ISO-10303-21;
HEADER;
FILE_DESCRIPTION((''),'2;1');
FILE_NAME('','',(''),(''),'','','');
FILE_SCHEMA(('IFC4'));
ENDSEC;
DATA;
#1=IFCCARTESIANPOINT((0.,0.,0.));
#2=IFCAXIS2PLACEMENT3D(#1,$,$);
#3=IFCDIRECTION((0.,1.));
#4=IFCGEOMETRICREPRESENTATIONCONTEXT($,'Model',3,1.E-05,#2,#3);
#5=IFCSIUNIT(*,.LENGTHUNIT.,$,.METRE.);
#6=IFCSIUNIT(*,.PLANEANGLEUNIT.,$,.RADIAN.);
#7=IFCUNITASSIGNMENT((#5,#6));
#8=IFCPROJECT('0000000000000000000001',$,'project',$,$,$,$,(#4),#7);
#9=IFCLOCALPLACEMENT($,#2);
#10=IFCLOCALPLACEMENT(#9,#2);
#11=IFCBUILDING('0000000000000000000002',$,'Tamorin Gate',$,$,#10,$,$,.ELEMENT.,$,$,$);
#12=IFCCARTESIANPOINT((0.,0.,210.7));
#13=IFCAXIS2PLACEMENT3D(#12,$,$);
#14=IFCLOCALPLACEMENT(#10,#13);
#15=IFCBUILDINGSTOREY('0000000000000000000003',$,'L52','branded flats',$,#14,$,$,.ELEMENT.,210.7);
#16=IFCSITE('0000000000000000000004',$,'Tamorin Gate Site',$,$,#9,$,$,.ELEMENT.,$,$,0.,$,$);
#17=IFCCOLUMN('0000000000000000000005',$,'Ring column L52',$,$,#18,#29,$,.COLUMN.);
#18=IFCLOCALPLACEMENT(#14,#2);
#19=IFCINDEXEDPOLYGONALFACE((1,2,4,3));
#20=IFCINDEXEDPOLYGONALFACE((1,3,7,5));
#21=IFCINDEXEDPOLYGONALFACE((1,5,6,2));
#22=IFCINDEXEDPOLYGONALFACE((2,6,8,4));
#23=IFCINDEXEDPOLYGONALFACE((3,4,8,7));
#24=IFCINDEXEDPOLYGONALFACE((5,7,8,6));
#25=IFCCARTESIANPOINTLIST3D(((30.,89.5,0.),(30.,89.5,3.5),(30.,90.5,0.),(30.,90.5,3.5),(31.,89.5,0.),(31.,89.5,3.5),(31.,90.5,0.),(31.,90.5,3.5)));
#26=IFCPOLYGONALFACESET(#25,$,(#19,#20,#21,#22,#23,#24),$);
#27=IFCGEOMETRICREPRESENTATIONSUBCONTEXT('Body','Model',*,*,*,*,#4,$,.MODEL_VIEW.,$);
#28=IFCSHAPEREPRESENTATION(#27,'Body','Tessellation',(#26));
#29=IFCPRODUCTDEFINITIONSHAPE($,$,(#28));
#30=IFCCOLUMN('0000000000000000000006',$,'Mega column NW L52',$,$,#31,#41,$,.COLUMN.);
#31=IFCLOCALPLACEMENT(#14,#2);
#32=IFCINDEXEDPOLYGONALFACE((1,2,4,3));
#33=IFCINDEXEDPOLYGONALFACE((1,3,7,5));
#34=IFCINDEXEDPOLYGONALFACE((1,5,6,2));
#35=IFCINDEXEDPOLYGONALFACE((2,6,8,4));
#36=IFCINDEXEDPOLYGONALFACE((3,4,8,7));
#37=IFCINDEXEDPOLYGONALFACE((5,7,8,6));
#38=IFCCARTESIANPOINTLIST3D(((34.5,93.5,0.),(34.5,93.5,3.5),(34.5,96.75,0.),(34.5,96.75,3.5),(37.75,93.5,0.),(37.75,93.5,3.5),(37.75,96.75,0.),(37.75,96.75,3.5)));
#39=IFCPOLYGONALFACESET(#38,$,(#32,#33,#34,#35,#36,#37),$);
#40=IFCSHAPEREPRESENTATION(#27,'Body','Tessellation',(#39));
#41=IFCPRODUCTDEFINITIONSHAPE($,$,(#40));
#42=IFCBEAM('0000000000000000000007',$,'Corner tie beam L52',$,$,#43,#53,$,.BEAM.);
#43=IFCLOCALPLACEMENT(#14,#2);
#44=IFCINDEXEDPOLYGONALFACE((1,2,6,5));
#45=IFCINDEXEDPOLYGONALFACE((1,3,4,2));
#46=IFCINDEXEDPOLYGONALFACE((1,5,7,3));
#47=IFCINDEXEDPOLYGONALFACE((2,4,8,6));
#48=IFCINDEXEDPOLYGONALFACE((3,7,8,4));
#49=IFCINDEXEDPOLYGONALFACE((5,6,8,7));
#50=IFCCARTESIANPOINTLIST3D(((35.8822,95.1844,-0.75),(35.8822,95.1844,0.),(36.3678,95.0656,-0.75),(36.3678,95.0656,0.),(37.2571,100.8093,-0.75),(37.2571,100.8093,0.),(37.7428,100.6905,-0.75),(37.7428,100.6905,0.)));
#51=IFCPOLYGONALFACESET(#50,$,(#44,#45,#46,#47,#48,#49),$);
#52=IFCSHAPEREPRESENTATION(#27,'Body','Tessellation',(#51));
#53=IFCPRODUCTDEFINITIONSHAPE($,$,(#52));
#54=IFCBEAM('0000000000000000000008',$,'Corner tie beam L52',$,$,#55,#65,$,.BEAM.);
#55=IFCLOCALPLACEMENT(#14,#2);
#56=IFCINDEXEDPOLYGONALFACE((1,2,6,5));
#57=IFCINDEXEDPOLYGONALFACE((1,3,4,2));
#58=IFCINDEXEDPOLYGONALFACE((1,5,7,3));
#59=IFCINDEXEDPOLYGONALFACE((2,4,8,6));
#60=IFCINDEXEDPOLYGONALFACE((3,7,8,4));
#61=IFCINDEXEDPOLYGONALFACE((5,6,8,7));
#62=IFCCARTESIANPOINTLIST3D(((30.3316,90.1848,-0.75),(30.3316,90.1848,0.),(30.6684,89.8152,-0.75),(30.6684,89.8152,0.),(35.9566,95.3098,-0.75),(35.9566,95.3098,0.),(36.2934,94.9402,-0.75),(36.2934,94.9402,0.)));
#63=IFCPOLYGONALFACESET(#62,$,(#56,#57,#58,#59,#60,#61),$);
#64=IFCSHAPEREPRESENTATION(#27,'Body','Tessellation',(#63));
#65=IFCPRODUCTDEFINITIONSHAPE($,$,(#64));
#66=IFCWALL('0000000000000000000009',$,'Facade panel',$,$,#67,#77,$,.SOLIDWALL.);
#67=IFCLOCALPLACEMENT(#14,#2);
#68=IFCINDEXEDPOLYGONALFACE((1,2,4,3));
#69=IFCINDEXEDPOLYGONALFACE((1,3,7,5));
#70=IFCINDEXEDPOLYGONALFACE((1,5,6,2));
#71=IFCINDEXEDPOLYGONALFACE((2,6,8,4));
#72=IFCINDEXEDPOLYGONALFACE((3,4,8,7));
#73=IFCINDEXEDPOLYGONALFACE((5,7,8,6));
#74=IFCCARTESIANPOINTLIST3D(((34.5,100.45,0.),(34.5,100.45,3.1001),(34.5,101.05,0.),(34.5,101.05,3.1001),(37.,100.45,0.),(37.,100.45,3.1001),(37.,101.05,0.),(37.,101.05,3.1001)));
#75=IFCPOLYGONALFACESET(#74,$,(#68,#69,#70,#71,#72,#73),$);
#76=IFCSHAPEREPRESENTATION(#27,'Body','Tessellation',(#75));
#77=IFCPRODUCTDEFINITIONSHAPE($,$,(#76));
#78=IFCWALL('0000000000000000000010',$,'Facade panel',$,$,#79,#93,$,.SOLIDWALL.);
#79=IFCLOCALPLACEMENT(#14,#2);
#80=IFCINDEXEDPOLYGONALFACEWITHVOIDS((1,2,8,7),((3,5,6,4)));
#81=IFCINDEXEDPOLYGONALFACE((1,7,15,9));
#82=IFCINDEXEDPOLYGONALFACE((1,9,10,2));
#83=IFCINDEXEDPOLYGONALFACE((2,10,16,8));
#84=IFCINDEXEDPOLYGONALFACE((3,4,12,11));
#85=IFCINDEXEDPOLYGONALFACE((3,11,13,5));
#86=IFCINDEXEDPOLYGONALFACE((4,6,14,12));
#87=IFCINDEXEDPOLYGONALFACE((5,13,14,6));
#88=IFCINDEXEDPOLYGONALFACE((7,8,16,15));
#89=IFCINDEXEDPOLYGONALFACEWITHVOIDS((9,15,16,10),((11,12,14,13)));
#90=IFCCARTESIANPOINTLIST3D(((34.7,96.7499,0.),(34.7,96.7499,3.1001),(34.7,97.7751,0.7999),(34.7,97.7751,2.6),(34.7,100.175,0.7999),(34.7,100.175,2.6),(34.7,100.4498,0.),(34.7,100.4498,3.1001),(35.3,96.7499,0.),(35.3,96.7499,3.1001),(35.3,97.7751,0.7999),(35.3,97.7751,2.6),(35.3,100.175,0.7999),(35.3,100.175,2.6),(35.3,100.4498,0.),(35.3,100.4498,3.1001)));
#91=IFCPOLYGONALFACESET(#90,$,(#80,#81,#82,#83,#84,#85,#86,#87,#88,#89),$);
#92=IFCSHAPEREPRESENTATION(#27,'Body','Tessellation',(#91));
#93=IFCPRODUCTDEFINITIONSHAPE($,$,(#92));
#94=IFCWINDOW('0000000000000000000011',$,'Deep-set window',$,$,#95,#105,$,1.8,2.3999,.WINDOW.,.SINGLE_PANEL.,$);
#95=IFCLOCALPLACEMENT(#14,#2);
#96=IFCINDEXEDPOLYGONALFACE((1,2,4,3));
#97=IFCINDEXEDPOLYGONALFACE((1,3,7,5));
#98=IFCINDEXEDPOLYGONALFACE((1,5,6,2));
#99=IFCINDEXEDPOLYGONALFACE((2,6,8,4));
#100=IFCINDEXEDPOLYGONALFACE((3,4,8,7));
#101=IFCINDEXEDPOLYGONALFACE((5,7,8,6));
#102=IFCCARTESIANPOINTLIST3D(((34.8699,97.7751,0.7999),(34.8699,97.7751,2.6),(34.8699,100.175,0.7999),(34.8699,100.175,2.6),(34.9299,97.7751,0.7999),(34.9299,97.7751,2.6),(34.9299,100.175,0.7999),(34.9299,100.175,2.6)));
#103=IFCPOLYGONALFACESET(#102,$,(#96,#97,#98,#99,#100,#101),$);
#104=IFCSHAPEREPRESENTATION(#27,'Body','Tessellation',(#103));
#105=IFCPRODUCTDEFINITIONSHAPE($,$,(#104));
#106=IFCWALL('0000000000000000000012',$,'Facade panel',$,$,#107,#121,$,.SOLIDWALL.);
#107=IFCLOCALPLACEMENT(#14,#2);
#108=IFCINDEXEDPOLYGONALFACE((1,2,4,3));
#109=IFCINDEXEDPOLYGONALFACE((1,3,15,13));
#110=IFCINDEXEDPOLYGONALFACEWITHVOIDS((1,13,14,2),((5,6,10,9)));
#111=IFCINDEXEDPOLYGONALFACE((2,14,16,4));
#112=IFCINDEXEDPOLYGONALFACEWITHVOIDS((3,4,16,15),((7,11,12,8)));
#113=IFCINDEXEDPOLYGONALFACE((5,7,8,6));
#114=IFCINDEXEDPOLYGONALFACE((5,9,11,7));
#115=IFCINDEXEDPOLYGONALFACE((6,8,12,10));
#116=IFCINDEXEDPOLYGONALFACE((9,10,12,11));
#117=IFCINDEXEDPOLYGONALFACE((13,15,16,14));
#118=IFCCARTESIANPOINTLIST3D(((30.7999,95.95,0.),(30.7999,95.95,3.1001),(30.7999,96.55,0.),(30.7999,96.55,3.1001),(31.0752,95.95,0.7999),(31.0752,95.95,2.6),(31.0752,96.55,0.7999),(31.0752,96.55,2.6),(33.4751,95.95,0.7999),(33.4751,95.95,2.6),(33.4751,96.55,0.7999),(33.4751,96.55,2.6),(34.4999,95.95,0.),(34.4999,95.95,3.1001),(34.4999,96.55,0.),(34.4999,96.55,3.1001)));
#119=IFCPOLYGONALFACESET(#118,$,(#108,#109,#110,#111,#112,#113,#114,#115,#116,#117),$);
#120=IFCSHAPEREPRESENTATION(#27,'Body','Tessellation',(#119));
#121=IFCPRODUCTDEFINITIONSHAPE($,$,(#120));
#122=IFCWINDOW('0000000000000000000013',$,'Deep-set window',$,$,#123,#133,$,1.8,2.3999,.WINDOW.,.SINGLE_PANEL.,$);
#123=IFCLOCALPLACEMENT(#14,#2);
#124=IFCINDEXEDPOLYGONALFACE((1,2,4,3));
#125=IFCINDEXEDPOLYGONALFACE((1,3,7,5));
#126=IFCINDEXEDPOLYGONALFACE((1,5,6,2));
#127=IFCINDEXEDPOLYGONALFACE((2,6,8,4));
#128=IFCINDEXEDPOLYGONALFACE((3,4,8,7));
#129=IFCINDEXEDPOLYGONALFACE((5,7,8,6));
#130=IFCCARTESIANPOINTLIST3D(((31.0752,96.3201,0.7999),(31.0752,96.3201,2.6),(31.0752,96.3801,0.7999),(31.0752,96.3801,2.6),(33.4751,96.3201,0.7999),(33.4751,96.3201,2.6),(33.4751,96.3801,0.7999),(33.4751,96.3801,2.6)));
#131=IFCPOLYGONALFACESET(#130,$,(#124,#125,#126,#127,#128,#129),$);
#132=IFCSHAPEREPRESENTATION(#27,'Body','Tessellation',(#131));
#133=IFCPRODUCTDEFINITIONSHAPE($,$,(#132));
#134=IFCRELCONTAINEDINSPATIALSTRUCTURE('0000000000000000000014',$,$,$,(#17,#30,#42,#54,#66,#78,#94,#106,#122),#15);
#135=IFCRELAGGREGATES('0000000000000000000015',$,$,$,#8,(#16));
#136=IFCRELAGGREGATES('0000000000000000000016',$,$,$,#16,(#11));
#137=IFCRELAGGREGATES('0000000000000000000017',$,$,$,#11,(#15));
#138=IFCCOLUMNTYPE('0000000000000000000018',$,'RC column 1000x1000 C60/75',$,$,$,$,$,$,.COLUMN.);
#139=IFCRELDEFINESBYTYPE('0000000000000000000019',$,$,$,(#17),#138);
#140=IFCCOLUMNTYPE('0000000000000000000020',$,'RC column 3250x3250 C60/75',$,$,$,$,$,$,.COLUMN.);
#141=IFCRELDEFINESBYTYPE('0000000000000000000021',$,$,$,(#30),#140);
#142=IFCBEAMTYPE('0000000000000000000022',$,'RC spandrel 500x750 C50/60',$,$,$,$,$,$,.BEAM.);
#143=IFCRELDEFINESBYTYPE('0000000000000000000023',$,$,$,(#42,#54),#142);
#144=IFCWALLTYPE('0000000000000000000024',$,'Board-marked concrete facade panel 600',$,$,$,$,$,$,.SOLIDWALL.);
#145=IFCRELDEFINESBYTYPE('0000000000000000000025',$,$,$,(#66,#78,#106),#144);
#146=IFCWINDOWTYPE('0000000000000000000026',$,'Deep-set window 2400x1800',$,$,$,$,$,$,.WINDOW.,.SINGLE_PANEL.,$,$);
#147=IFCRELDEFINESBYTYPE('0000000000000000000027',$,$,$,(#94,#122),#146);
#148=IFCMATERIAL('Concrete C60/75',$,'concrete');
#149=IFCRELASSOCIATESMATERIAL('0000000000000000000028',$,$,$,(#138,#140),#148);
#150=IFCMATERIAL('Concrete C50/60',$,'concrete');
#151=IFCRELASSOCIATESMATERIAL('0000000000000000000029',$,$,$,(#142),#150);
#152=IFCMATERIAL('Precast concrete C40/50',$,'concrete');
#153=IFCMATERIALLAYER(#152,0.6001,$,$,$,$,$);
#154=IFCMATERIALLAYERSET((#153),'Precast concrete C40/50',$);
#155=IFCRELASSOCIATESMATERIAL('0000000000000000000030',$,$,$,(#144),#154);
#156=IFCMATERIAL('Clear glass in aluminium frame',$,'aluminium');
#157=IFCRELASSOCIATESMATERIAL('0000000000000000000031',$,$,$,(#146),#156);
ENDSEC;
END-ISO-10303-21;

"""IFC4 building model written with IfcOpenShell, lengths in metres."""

from ifc_helpers import new_model, si_unit, direction, frame, frame_2d, origin, origin_2d, place, context, subcontext, project, spatial, rectangle, extrude, material, layer, layer_set, material_profile, profile_set, type_object, element, fill, save


model = new_model("IFC4")

# Units and contexts
model_context = context("Model", 3, precision=1e-05, world=origin(), true_north=direction((0.0, 1.0)))
body_context = subcontext(model_context, "Body", "Model", "MODEL_VIEW")
ifc_project = project(units=[si_unit("LENGTHUNIT", "METRE"), si_unit("PLANEANGLEUNIT", "RADIAN")], contexts=[model_context])

# Site, building, storey
site_placement = place(None, origin())
site = spatial("IfcSite", under=ifc_project, at=site_placement, Name="Tamorin Gate Site", CompositionType="ELEMENT", RefElevation=0.0)
building_placement = place(site_placement, origin())
building = spatial("IfcBuilding", under=site, at=building_placement, Name="Tamorin Gate", CompositionType="ELEMENT")
storey_placement = place(building_placement, frame((0.0, 0.0, 210.7)))
storey = spatial("IfcBuildingStorey", under=building, at=storey_placement, Name="L52", Description="branded flats", CompositionType="ELEMENT", Elevation=210.7)

# Columns
ifc_material_1 = material(Name="Concrete C60/75", Category="concrete")
ifc_material_profile_1 = material_profile(ifc_material_1, rectangle(XDim=1.0, YDim=1.0, at=origin_2d()), Name="RC 1000x1000")
ifc_profile_set_1 = profile_set([ifc_material_profile_1], Name="Concrete C60/75")
column_type_1 = type_object("IfcColumnType", Name="RC column 1000x1000 C60/75", PredefinedType="COLUMN", material=ifc_profile_set_1)
column_1_placement = place(storey_placement, frame((30.5, 90.0, 0.0), z_axis=(0.0, 0.0, 1.0), x_axis=(1.0, 0.0, 0.0)))
element("IfcColumn", 1, at=column_1_placement, inside=storey, type_object=column_type_1, Name="Ring column L52", PredefinedType="COLUMN", context=body_context, shape_type="SweptSolid", body=[
    extrude(rectangle(XDim=1.0, YDim=1.0, at=origin_2d()), origin(), (0.0, 0.0, 1.0), 3.5),
])
ifc_material_profile_2 = material_profile(ifc_material_1, rectangle(XDim=3.25, YDim=3.25, at=origin_2d()), Name="RC 3250x3250")
ifc_profile_set_2 = profile_set([ifc_material_profile_2], Name="Concrete C60/75")
column_type_2 = type_object("IfcColumnType", Name="RC column 3250x3250 C60/75", PredefinedType="COLUMN", material=ifc_profile_set_2)
column_2_placement = place(storey_placement, frame((36.125, 95.125, 0.0), z_axis=(0.0, 0.0, 1.0), x_axis=(1.0, 0.0, 0.0)))
element("IfcColumn", 2, at=column_2_placement, inside=storey, type_object=column_type_2, Name="Mega column NW L52", PredefinedType="COLUMN", context=body_context, shape_type="SweptSolid", body=[
    extrude(rectangle(XDim=3.25, YDim=3.25, at=origin_2d()), origin(), (0.0, 0.0, 1.0), 3.5),
])

# Beams
ifc_material_2 = material(Name="Concrete C50/60", Category="concrete")
ifc_material_profile_3 = material_profile(ifc_material_2, rectangle(XDim=0.5, YDim=0.75, at=origin_2d()), Name="RC 500x750")
ifc_profile_set_3 = profile_set([ifc_material_profile_3], Name="Concrete C50/60")
beam_type = type_object("IfcBeamType", Name="RC spandrel 500x750 C50/60", PredefinedType="BEAM", material=ifc_profile_set_3)
beam_1_placement = place(storey_placement, frame((36.125, 95.125, -0.375), z_axis=(0.237453, 0.971399, 0.0), x_axis=(-0.971399, 0.237453, 0.0)))
element("IfcBeam", 3, at=beam_1_placement, inside=storey, type_object=beam_type, Name="Corner tie beam L52", PredefinedType="BEAM", context=body_context, shape_type="SweptSolid", body=[
    extrude(rectangle(XDim=0.5, YDim=0.75, at=origin_2d()), origin(), (0.0, 0.0, 1.0), 5.7905),
])
beam_2_placement = place(storey_placement, frame((36.125, 95.125, -0.375), z_axis=(-0.739196, -0.67349, 0.0), x_axis=(0.67349, -0.739196, 0.0)))
element("IfcBeam", 4, at=beam_2_placement, inside=storey, type_object=beam_type, Name="Corner tie beam L52", PredefinedType="BEAM", context=body_context, shape_type="SweptSolid", body=[
    extrude(rectangle(XDim=0.5, YDim=0.75, at=origin_2d()), origin(), (0.0, 0.0, 1.0), 7.6096),
])

# Wall
ifc_material_3 = material(Name="Precast concrete C40/50", Category="concrete")
ifc_layer = layer(ifc_material_3, 0.6001)
ifc_layer_set = layer_set([ifc_layer], Name="Precast concrete C40/50")
wall_type = type_object("IfcWallType", Name="Board-marked concrete facade panel 600", PredefinedType="SOLIDWALL", material=ifc_layer_set)
wall_1_placement = place(storey_placement, frame((37.0, 100.75, 0.0), z_axis=(0.0, 0.0, 1.0), x_axis=(-1.0, 0.0, 0.0)))
element("IfcWall", 5, at=wall_1_placement, inside=storey, type_object=wall_type, Name="Facade panel", PredefinedType="SOLIDWALL", context=body_context, shape_type="SweptSolid", body=[
    extrude(rectangle(XDim=2.5, YDim=0.6001, at=frame_2d((1.25, 0.0))), origin(), (0.0, 0.0, 1.0), 3.1001),
])

# Walls, openings, windows
wall_2_placement = place(storey_placement, frame((35.0, 100.45, 0.0), z_axis=(0.0, 0.0, 1.0), x_axis=(0.0, -1.0, 0.0)))
wall_2 = element("IfcWall", 6, at=wall_2_placement, inside=storey, type_object=wall_type, Name="Facade panel", PredefinedType="SOLIDWALL", context=body_context, shape_type="SweptSolid", body=[
    extrude(rectangle(XDim=3.7, YDim=0.6001, at=frame_2d((1.8501, 0.0))), origin(), (0.0, 0.0, 1.0), 3.1001),
])
opening_1_placement = place(wall_2_placement, frame((0.2749, 0.0, 0.8)))
opening_1 = element("IfcOpeningElement", 7, at=opening_1_placement, cuts=wall_2, PredefinedType="OPENING", context=body_context, shape_type="SweptSolid", body=[
    extrude(rectangle(XDim=2.3999, YDim=1.8, at=frame_2d((1.2, 0.8999))), frame((0.0, 0.3101, 0.0), z_axis=(0.0, -1.0, 0.0), x_axis=(1.0, 0.0, 0.0)), (0.0, 0.0, 1.0), 0.6201),
])
ifc_material_4 = material(Name="Clear glass in aluminium frame", Category="aluminium")
window_type_1 = type_object("IfcWindowType", Name="Deep-set window 2400x1800", PartitioningType="SINGLE_PANEL", PredefinedType="WINDOW", material=ifc_material_4)
window_1_placement = place(opening_1_placement, origin())
window_1 = element("IfcWindow", 8, at=window_1_placement, inside=storey, type_object=window_type_1, Name="Deep-set window", OverallHeight=1.8, OverallWidth=2.3999, PartitioningType="SINGLE_PANEL", PredefinedType="WINDOW", context=body_context, shape_type="SweptSolid", body=[
    extrude(rectangle(XDim=2.3999, YDim=1.8, at=frame_2d((1.2, 0.8999))), frame((0.0, -0.0701, 0.0), z_axis=(0.0, -1.0, 0.0), x_axis=(1.0, 0.0, 0.0)), (0.0, 0.0, 1.0), 0.0601),
])
fill(opening_1, window_1)
wall_3_placement = place(storey_placement, frame((34.5, 96.25, 0.0), z_axis=(0.0, 0.0, 1.0), x_axis=(-1.0, 0.0, 0.0)))
wall_3 = element("IfcWall", 9, at=wall_3_placement, inside=storey, type_object=wall_type, Name="Facade panel", PredefinedType="SOLIDWALL", context=body_context, shape_type="SweptSolid", body=[
    extrude(rectangle(XDim=3.7, YDim=0.6001, at=frame_2d((1.8501, 0.0))), origin(), (0.0, 0.0, 1.0), 3.1001),
])
opening_2_placement = place(wall_3_placement, frame((1.0249, 0.0, 0.8)))
opening_2 = element("IfcOpeningElement", 10, at=opening_2_placement, cuts=wall_3, PredefinedType="OPENING", context=body_context, shape_type="SweptSolid", body=[
    extrude(rectangle(XDim=2.3999, YDim=1.8, at=frame_2d((1.2, 0.8999))), frame((0.0, 0.3101, 0.0), z_axis=(0.0, -1.0, 0.0), x_axis=(1.0, 0.0, 0.0)), (0.0, 0.0, 1.0), 0.6201),
])
window_2_placement = place(opening_2_placement, origin())
window_2 = element("IfcWindow", 11, at=window_2_placement, inside=storey, type_object=window_type_1, Name="Deep-set window", OverallHeight=1.8, OverallWidth=2.3999, PartitioningType="SINGLE_PANEL", PredefinedType="WINDOW", context=body_context, shape_type="SweptSolid", body=[
    extrude(rectangle(XDim=2.3999, YDim=1.8, at=frame_2d((1.2, 0.8999))), frame((0.0, -0.0701, 0.0), z_axis=(0.0, -1.0, 0.0), x_axis=(1.0, 0.0, 0.0)), (0.0, 0.0, 1.0), 0.0601),
])
fill(opening_2, window_2)

save(model, "model.ifc")
